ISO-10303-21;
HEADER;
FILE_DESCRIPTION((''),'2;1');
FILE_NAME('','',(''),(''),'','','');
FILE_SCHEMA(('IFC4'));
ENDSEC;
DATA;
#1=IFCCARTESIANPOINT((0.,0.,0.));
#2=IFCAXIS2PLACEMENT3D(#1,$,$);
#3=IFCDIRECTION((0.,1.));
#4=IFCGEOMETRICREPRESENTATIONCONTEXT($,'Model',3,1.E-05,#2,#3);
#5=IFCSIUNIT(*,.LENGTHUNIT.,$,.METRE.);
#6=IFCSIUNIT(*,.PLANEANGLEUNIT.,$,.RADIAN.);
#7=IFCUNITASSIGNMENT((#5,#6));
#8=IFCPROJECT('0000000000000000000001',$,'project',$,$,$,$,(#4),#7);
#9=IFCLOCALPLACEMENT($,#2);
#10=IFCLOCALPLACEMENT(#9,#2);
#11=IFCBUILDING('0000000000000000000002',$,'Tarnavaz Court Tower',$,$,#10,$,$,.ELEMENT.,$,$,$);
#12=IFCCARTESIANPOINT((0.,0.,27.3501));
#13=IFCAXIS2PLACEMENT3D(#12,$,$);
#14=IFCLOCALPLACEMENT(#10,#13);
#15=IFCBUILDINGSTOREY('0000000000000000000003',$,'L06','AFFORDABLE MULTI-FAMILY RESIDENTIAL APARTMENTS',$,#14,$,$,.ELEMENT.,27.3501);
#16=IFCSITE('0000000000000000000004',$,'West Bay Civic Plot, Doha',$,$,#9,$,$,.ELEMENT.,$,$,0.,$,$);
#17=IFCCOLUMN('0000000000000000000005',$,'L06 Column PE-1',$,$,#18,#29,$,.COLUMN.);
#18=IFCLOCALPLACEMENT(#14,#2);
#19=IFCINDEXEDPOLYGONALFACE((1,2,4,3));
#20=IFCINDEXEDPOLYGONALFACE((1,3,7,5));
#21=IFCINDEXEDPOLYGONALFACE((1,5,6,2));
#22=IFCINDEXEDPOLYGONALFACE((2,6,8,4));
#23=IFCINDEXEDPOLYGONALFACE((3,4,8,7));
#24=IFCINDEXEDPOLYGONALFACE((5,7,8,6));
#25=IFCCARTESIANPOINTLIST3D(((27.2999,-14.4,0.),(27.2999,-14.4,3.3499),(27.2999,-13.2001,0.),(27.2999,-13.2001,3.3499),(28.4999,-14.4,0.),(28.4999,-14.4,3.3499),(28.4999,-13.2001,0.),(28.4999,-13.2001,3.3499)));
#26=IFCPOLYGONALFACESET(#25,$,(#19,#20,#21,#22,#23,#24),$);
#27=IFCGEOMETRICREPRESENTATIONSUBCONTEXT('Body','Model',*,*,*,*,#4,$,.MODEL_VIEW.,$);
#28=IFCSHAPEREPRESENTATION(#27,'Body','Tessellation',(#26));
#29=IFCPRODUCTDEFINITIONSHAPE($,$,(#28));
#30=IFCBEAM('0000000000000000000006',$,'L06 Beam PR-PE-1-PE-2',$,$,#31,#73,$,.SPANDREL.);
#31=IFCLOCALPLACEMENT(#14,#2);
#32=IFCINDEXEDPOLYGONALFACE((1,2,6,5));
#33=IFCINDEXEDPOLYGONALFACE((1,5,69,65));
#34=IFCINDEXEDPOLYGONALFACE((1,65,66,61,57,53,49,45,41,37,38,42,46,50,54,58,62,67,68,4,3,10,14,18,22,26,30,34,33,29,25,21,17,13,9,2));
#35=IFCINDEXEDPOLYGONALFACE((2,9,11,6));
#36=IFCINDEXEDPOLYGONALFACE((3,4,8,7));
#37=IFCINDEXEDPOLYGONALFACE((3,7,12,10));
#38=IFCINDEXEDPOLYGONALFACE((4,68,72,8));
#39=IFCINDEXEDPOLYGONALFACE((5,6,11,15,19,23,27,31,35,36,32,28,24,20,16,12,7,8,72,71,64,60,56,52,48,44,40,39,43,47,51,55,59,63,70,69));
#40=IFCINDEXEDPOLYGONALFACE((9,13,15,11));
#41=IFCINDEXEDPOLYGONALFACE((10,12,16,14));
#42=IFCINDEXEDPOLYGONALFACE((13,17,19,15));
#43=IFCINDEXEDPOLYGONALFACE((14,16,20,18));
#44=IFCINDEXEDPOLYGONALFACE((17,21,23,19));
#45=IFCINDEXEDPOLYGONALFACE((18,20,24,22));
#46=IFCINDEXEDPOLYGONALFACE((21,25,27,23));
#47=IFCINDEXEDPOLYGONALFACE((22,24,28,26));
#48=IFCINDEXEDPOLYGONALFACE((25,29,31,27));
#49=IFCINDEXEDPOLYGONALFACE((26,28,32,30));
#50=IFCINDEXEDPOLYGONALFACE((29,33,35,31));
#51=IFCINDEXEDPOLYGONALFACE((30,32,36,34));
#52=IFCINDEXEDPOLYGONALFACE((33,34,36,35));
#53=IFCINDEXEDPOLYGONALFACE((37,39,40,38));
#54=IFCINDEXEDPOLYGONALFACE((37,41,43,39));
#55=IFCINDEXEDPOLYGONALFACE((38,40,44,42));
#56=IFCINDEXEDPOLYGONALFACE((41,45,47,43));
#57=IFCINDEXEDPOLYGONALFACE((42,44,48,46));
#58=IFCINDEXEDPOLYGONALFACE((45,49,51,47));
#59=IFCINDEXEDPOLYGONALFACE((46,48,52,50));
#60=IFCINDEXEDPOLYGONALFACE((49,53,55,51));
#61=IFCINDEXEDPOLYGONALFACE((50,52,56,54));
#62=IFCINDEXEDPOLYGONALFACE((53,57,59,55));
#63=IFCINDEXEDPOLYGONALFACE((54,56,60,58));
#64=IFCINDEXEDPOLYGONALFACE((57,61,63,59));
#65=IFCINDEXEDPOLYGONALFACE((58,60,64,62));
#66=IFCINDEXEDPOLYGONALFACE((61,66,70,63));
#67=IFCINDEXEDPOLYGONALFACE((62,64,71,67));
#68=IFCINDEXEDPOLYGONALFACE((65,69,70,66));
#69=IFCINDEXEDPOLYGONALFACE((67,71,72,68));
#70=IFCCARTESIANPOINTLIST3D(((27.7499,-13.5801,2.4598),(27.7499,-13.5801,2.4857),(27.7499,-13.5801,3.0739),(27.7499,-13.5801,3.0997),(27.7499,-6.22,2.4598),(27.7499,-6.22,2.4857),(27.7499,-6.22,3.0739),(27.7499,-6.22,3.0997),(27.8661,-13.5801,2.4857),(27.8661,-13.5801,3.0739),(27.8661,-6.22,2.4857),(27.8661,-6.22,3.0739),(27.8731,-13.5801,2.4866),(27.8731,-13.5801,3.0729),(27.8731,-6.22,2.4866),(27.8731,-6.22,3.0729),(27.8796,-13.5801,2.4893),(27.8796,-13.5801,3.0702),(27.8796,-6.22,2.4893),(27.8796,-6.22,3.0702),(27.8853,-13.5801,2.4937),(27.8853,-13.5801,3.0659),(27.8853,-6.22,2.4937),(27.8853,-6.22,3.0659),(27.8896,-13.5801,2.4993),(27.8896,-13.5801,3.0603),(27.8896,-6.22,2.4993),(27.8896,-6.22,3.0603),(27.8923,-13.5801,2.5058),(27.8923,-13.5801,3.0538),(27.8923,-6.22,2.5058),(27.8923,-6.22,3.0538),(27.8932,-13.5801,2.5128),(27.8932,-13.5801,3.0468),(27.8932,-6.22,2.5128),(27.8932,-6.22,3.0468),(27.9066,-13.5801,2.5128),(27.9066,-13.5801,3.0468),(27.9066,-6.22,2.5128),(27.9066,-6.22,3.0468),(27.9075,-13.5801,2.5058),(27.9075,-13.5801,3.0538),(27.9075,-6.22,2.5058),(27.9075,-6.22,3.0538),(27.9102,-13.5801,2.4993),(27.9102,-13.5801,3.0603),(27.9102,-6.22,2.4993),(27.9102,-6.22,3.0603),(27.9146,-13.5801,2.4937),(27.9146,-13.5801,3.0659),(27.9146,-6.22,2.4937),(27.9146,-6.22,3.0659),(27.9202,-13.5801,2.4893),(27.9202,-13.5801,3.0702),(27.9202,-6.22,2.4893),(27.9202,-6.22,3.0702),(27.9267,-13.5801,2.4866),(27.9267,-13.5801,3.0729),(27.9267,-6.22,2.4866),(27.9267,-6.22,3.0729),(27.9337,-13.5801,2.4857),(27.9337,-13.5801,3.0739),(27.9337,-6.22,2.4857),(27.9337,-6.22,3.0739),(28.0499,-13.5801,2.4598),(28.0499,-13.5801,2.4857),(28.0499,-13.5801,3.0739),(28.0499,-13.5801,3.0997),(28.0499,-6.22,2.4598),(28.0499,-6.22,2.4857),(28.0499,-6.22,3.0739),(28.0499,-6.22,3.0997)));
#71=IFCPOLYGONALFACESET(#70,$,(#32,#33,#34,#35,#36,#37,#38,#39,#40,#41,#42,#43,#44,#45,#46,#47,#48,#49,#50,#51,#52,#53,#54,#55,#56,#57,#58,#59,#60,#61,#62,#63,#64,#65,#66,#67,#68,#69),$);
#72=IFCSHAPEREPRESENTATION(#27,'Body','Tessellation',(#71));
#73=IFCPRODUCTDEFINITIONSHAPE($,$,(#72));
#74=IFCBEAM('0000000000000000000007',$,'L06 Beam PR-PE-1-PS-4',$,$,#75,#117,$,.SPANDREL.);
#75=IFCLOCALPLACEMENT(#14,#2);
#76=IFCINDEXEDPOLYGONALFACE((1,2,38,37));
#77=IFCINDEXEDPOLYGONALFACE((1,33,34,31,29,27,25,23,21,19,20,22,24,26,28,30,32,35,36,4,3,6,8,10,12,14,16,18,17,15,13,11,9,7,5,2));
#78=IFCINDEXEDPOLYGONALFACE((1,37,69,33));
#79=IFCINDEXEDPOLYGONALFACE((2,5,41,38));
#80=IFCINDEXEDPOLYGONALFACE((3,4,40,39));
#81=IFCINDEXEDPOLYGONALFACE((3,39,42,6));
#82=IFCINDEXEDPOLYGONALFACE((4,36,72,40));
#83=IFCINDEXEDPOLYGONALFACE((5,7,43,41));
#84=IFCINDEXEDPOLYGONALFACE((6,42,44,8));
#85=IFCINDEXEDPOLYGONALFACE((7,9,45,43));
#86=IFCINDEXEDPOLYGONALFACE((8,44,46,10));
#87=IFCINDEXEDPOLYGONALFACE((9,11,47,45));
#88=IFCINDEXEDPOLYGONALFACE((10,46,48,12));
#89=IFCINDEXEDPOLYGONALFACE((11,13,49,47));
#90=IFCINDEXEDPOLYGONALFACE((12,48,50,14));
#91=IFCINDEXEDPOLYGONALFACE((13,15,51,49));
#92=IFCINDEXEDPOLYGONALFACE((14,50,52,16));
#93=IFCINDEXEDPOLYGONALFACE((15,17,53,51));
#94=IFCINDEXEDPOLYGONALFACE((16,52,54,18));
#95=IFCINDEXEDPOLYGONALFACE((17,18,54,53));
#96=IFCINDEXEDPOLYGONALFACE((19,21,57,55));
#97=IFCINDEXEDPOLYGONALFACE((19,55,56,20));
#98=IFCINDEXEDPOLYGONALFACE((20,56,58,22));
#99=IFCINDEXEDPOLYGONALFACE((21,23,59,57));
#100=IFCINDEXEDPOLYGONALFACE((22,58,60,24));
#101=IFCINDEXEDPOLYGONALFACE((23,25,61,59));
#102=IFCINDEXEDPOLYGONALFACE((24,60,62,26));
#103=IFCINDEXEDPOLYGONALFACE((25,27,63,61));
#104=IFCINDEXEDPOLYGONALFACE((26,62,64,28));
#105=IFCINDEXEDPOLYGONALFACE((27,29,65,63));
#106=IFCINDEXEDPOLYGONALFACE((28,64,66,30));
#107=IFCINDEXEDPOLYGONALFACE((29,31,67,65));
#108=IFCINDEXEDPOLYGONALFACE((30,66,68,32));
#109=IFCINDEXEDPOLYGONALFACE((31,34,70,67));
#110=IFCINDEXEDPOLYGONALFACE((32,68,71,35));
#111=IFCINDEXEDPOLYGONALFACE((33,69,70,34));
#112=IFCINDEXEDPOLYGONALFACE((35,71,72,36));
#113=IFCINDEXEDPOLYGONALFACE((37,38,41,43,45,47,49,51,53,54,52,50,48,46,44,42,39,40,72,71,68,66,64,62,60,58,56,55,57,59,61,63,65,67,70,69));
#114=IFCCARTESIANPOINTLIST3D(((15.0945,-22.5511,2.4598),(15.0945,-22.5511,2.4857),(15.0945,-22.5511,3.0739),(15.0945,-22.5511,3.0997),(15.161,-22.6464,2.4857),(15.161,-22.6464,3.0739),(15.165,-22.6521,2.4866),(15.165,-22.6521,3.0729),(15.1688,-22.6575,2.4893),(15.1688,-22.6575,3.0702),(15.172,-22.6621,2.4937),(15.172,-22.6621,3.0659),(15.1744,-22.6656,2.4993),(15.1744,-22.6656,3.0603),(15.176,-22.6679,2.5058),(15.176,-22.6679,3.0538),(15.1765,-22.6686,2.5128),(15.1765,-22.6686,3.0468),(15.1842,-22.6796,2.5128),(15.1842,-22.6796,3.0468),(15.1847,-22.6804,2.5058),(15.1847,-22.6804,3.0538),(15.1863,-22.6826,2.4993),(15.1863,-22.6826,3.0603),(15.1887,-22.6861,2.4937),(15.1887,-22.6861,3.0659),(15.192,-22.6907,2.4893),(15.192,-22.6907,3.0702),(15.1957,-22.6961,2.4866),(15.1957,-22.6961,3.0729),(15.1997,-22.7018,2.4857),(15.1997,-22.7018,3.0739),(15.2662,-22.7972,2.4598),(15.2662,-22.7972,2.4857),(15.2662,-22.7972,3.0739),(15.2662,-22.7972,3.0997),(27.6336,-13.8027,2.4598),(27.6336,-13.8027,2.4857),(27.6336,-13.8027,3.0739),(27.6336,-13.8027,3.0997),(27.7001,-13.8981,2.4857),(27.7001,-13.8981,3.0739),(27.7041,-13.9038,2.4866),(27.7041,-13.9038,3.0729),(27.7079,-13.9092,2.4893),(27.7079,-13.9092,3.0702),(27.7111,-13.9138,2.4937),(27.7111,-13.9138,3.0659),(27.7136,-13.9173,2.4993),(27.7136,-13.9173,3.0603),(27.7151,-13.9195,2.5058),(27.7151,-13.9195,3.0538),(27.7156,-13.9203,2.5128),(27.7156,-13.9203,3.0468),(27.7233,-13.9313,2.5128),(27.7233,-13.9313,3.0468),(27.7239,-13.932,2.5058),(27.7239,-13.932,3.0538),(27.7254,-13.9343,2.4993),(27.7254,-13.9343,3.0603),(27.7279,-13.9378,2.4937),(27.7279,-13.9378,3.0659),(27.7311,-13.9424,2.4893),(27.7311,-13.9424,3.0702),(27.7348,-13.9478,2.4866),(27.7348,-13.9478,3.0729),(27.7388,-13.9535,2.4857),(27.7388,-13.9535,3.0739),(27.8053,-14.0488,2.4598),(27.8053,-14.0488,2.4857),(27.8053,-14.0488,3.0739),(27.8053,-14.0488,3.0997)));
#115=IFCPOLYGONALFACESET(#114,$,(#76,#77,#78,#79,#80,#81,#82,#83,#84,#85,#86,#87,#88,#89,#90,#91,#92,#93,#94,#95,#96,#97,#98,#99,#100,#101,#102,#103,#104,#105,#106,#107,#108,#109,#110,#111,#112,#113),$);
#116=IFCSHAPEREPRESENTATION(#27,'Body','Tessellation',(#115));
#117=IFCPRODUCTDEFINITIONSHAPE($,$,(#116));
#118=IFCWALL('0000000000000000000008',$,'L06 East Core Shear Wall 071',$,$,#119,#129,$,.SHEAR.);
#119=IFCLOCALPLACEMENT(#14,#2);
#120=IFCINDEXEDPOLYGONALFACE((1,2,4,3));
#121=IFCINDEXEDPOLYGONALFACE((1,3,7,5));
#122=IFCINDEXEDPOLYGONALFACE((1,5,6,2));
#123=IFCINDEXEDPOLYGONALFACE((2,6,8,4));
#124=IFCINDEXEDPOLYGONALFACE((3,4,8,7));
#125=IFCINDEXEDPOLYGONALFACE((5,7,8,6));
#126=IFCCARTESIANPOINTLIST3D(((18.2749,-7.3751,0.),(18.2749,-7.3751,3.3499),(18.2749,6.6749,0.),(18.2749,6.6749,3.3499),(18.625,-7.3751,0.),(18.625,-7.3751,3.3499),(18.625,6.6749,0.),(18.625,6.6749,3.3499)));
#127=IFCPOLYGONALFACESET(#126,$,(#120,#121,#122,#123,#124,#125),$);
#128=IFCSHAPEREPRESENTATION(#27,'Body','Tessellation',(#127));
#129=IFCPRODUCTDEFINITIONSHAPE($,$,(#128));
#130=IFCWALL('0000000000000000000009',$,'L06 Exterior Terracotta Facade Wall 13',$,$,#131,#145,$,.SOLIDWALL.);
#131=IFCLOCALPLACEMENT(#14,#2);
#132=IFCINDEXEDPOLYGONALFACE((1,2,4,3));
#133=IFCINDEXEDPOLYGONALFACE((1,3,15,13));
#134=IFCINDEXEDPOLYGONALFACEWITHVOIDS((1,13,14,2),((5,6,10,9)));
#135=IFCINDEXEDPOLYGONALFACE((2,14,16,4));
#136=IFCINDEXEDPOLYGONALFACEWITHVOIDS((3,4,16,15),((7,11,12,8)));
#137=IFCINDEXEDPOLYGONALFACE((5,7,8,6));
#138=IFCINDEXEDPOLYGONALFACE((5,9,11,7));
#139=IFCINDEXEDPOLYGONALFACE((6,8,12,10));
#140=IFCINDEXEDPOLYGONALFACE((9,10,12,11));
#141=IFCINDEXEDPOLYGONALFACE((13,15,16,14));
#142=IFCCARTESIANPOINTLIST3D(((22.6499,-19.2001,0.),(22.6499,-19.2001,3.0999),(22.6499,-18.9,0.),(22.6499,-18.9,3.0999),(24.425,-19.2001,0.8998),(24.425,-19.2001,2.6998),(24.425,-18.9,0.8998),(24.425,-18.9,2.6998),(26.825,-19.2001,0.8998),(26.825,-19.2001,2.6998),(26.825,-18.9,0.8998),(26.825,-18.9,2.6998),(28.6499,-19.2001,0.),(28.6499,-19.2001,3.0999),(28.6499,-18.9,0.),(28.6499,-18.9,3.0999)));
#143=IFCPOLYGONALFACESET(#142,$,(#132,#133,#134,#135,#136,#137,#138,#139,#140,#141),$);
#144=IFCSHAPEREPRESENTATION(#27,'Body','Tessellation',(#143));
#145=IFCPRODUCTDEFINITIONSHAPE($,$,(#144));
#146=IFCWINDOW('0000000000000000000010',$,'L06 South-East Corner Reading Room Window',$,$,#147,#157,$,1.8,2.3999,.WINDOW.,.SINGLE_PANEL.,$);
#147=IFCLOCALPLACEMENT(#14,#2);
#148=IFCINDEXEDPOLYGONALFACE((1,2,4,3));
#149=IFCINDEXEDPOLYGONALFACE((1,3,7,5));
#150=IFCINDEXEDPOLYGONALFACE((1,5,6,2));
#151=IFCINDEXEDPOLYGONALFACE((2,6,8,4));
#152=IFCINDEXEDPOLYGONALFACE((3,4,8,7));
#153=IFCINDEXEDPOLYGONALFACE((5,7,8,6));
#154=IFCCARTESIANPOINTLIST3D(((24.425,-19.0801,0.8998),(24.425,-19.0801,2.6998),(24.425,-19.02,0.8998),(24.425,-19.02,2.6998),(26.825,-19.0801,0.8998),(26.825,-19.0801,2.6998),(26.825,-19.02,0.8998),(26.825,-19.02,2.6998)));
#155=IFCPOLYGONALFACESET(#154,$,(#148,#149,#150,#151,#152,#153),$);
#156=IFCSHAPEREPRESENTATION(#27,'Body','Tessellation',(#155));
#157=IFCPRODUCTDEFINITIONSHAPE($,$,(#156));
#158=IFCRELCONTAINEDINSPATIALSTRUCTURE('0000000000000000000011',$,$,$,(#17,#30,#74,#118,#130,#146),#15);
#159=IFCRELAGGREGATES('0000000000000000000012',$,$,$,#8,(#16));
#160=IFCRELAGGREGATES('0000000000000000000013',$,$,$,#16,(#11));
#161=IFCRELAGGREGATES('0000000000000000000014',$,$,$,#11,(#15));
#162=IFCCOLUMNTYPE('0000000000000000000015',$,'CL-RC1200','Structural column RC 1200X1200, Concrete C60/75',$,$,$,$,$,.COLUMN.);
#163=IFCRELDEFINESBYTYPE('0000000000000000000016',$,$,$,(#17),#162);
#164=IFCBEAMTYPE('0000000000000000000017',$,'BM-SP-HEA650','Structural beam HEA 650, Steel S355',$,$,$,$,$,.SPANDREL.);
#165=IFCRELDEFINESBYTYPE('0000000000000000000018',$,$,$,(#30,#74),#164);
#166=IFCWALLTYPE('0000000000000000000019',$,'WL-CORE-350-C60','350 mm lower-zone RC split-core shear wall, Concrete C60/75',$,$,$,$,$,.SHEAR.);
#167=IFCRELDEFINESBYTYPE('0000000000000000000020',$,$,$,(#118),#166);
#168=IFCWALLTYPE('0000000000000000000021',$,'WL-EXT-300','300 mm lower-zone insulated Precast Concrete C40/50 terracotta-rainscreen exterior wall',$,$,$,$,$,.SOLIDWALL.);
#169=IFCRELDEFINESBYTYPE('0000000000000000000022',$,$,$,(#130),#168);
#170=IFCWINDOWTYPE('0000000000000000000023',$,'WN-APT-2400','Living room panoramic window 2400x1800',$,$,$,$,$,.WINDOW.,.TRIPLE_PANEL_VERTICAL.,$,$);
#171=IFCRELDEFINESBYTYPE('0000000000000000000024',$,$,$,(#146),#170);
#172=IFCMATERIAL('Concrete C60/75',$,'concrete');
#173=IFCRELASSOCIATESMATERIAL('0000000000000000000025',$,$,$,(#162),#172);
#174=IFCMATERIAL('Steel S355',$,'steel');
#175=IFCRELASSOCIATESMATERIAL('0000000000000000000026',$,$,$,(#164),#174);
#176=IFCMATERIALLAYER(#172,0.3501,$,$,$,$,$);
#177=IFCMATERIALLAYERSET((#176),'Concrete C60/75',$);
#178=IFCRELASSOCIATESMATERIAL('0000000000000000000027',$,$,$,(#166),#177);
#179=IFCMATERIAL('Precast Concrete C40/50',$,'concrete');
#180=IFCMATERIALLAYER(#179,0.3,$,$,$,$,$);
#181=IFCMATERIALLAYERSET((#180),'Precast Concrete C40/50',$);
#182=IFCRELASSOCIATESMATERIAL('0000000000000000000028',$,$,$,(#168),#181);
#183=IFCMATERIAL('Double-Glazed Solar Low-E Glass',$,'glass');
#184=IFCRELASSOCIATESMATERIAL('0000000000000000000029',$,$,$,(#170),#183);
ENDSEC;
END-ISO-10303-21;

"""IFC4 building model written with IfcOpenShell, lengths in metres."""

from ifc_helpers import new_model, si_unit, direction, frame, frame_2d, origin, origin_2d, place, context, subcontext, project, spatial, rectangle, i_section, extrude, material, layer, layer_set, material_profile, profile_set, type_object, element, fill, save


model = new_model("IFC4")

# Units and contexts
model_context = context("Model", 3, precision=1e-05, world=origin(), true_north=direction((0.0, 1.0)))
body_context = subcontext(model_context, "Body", "Model", "MODEL_VIEW")
ifc_project = project(units=[si_unit("LENGTHUNIT", "METRE"), si_unit("PLANEANGLEUNIT", "RADIAN")], contexts=[model_context])

# Site, building, storey
site_placement = place(None, origin())
site = spatial("IfcSite", under=ifc_project, at=site_placement, Name="West Bay Civic Plot, Doha", CompositionType="ELEMENT", RefElevation=0.0)
building_placement = place(site_placement, origin())
building = spatial("IfcBuilding", under=site, at=building_placement, Name="Tarnavaz Court Tower", CompositionType="ELEMENT")
storey_placement = place(building_placement, frame((0.0, 0.0, 27.3501)))
storey = spatial("IfcBuildingStorey", under=building, at=storey_placement, Name="L06", Description="AFFORDABLE MULTI-FAMILY RESIDENTIAL APARTMENTS", CompositionType="ELEMENT", Elevation=27.3501)

# Column
ifc_material_1 = material(Name="Concrete C60/75", Category="concrete")
ifc_material_profile_1 = material_profile(ifc_material_1, rectangle(XDim=1.2, YDim=1.2, at=origin_2d()), Name="RC 1200X1200")
ifc_profile_set_1 = profile_set([ifc_material_profile_1], Name="Concrete C60/75")
column_type = type_object("IfcColumnType", Name="CL-RC1200", Description="Structural column RC 1200X1200, Concrete C60/75", PredefinedType="COLUMN", material=ifc_profile_set_1)
column_placement = place(storey_placement, frame((27.8999, -13.8, 0.0), z_axis=(0.0, 0.0, 1.0), x_axis=(1.0, 0.0, 0.0)))
element("IfcColumn", 1, at=column_placement, inside=storey, type_object=column_type, Name="L06 Column PE-1", PredefinedType="COLUMN", context=body_context, shape_type="SweptSolid", body=[
    extrude(rectangle(XDim=1.2, YDim=1.2, at=origin_2d()), origin(), (0.0, 0.0, 1.0), 3.3499),
])

# Beams
ifc_material_2 = material(Name="Steel S355", Category="steel")
ifc_material_profile_2 = material_profile(ifc_material_2, i_section(OverallWidth=0.3, OverallDepth=0.6399, WebThickness=0.0134, FlangeThickness=0.0259, FilletRadius=0.0271, at=origin_2d()), Name="HEA 650")
ifc_profile_set_2 = profile_set([ifc_material_profile_2], Name="Steel S355")
beam_type = type_object("IfcBeamType", Name="BM-SP-HEA650", Description="Structural beam HEA 650, Steel S355", PredefinedType="SPANDREL", material=ifc_profile_set_2)
beam_1_placement = place(storey_placement, frame((27.8999, -13.5801, 2.7798), z_axis=(0.0, 1.0, 0.0), x_axis=(-1.0, 0.0, 0.0)))
element("IfcBeam", 2, at=beam_1_placement, inside=storey, type_object=beam_type, Name="L06 Beam PR-PE-1-PE-2", PredefinedType="SPANDREL", context=body_context, shape_type="SweptSolid", body=[
    extrude(i_section(OverallWidth=0.3, OverallDepth=0.6399, WebThickness=0.0134, FlangeThickness=0.0259, FilletRadius=0.0271, at=origin_2d()), origin(), (0.0, 0.0, 1.0), 7.3601),
])
beam_2_placement = place(storey_placement, frame((27.7195, -13.9258, 2.7798), z_axis=(-0.820124, -0.572186, 0.0), x_axis=(0.572186, -0.820124, 0.0)))
element("IfcBeam", 3, at=beam_2_placement, inside=storey, type_object=beam_type, Name="L06 Beam PR-PE-1-PS-4", PredefinedType="SPANDREL", context=body_context, shape_type="SweptSolid", body=[
    extrude(i_section(OverallWidth=0.3, OverallDepth=0.6399, WebThickness=0.0134, FlangeThickness=0.0259, FilletRadius=0.0271, at=origin_2d()), origin(), (0.0, 0.0, 1.0), 15.2893),
])

# Wall
ifc_layer_1 = layer(ifc_material_1, 0.3501)
ifc_layer_set_1 = layer_set([ifc_layer_1], Name="Concrete C60/75")
wall_type_1 = type_object("IfcWallType", Name="WL-CORE-350-C60", Description="350 mm lower-zone RC split-core shear wall, Concrete C60/75", PredefinedType="SHEAR", material=ifc_layer_set_1)
wall_1_placement = place(storey_placement, frame((18.45, -7.375, 0.0), z_axis=(0.0, 0.0, 1.0), x_axis=(0.0, 1.0, 0.0)))
element("IfcWall", 4, at=wall_1_placement, inside=storey, type_object=wall_type_1, Name="L06 East Core Shear Wall 071", PredefinedType="SHEAR", context=body_context, shape_type="SweptSolid", body=[
    extrude(rectangle(XDim=14.05, YDim=0.3501, at=frame_2d((7.0249, 0.0))), origin(), (0.0, 0.0, 1.0), 3.3499),
])

# Wall, opening, window
ifc_material_3 = material(Name="Precast Concrete C40/50", Category="concrete")
ifc_layer_2 = layer(ifc_material_3, 0.3)
ifc_layer_set_2 = layer_set([ifc_layer_2], Name="Precast Concrete C40/50")
wall_type_2 = type_object("IfcWallType", Name="WL-EXT-300", Description="300 mm lower-zone insulated Precast Concrete C40/50 terracotta-rainscreen exterior wall", PredefinedType="SOLIDWALL", material=ifc_layer_set_2)
wall_2_placement = place(storey_placement, frame((28.6499, -19.05, 0.0), z_axis=(0.0, 0.0, 1.0), x_axis=(-1.0, 0.0, 0.0)))
wall_2 = element("IfcWall", 5, at=wall_2_placement, inside=storey, type_object=wall_type_2, Name="L06 Exterior Terracotta Facade Wall 13", PredefinedType="SOLIDWALL", context=body_context, shape_type="SweptSolid", body=[
    extrude(rectangle(XDim=6.0, YDim=0.3, at=frame_2d((3.0, 0.0))), origin(), (0.0, 0.0, 1.0), 3.0999),
])
opening_1_placement = place(wall_2_placement, frame((1.825, 0.0, 0.8999)))
opening_1 = element("IfcOpeningElement", 6, at=opening_1_placement, cuts=wall_2, PredefinedType="OPENING", context=body_context, shape_type="SweptSolid", body=[
    extrude(rectangle(XDim=2.3999, YDim=1.8, at=frame_2d((1.2, 0.8999))), frame((0.0, 0.1599, 0.0), z_axis=(0.0, -1.0, 0.0), x_axis=(1.0, 0.0, 0.0)), (0.0, 0.0, 1.0), 0.3201),
])
ifc_material_4 = material(Name="Double-Glazed Solar Low-E Glass", Category="glass")
window_type_1 = type_object("IfcWindowType", Name="WN-APT-2400", Description="Living room panoramic window 2400x1800", PartitioningType="TRIPLE_PANEL_VERTICAL", PredefinedType="WINDOW", material=ifc_material_4)
window_1_placement = place(opening_1_placement, origin())
window_1 = element("IfcWindow", 7, at=window_1_placement, inside=storey, type_object=window_type_1, Name="L06 South-East Corner Reading Room Window", OverallHeight=1.8, OverallWidth=2.3999, PartitioningType="SINGLE_PANEL", PredefinedType="WINDOW", context=body_context, shape_type="SweptSolid", body=[
    extrude(rectangle(XDim=2.3999, YDim=1.8, at=frame_2d((1.2, 0.8999))), frame((0.0, 0.03, 0.0), z_axis=(0.0, -1.0, 0.0), x_axis=(1.0, 0.0, 0.0)), (0.0, 0.0, 1.0), 0.0601),
])
fill(opening_1, window_1)

save(model, "model.ifc")
